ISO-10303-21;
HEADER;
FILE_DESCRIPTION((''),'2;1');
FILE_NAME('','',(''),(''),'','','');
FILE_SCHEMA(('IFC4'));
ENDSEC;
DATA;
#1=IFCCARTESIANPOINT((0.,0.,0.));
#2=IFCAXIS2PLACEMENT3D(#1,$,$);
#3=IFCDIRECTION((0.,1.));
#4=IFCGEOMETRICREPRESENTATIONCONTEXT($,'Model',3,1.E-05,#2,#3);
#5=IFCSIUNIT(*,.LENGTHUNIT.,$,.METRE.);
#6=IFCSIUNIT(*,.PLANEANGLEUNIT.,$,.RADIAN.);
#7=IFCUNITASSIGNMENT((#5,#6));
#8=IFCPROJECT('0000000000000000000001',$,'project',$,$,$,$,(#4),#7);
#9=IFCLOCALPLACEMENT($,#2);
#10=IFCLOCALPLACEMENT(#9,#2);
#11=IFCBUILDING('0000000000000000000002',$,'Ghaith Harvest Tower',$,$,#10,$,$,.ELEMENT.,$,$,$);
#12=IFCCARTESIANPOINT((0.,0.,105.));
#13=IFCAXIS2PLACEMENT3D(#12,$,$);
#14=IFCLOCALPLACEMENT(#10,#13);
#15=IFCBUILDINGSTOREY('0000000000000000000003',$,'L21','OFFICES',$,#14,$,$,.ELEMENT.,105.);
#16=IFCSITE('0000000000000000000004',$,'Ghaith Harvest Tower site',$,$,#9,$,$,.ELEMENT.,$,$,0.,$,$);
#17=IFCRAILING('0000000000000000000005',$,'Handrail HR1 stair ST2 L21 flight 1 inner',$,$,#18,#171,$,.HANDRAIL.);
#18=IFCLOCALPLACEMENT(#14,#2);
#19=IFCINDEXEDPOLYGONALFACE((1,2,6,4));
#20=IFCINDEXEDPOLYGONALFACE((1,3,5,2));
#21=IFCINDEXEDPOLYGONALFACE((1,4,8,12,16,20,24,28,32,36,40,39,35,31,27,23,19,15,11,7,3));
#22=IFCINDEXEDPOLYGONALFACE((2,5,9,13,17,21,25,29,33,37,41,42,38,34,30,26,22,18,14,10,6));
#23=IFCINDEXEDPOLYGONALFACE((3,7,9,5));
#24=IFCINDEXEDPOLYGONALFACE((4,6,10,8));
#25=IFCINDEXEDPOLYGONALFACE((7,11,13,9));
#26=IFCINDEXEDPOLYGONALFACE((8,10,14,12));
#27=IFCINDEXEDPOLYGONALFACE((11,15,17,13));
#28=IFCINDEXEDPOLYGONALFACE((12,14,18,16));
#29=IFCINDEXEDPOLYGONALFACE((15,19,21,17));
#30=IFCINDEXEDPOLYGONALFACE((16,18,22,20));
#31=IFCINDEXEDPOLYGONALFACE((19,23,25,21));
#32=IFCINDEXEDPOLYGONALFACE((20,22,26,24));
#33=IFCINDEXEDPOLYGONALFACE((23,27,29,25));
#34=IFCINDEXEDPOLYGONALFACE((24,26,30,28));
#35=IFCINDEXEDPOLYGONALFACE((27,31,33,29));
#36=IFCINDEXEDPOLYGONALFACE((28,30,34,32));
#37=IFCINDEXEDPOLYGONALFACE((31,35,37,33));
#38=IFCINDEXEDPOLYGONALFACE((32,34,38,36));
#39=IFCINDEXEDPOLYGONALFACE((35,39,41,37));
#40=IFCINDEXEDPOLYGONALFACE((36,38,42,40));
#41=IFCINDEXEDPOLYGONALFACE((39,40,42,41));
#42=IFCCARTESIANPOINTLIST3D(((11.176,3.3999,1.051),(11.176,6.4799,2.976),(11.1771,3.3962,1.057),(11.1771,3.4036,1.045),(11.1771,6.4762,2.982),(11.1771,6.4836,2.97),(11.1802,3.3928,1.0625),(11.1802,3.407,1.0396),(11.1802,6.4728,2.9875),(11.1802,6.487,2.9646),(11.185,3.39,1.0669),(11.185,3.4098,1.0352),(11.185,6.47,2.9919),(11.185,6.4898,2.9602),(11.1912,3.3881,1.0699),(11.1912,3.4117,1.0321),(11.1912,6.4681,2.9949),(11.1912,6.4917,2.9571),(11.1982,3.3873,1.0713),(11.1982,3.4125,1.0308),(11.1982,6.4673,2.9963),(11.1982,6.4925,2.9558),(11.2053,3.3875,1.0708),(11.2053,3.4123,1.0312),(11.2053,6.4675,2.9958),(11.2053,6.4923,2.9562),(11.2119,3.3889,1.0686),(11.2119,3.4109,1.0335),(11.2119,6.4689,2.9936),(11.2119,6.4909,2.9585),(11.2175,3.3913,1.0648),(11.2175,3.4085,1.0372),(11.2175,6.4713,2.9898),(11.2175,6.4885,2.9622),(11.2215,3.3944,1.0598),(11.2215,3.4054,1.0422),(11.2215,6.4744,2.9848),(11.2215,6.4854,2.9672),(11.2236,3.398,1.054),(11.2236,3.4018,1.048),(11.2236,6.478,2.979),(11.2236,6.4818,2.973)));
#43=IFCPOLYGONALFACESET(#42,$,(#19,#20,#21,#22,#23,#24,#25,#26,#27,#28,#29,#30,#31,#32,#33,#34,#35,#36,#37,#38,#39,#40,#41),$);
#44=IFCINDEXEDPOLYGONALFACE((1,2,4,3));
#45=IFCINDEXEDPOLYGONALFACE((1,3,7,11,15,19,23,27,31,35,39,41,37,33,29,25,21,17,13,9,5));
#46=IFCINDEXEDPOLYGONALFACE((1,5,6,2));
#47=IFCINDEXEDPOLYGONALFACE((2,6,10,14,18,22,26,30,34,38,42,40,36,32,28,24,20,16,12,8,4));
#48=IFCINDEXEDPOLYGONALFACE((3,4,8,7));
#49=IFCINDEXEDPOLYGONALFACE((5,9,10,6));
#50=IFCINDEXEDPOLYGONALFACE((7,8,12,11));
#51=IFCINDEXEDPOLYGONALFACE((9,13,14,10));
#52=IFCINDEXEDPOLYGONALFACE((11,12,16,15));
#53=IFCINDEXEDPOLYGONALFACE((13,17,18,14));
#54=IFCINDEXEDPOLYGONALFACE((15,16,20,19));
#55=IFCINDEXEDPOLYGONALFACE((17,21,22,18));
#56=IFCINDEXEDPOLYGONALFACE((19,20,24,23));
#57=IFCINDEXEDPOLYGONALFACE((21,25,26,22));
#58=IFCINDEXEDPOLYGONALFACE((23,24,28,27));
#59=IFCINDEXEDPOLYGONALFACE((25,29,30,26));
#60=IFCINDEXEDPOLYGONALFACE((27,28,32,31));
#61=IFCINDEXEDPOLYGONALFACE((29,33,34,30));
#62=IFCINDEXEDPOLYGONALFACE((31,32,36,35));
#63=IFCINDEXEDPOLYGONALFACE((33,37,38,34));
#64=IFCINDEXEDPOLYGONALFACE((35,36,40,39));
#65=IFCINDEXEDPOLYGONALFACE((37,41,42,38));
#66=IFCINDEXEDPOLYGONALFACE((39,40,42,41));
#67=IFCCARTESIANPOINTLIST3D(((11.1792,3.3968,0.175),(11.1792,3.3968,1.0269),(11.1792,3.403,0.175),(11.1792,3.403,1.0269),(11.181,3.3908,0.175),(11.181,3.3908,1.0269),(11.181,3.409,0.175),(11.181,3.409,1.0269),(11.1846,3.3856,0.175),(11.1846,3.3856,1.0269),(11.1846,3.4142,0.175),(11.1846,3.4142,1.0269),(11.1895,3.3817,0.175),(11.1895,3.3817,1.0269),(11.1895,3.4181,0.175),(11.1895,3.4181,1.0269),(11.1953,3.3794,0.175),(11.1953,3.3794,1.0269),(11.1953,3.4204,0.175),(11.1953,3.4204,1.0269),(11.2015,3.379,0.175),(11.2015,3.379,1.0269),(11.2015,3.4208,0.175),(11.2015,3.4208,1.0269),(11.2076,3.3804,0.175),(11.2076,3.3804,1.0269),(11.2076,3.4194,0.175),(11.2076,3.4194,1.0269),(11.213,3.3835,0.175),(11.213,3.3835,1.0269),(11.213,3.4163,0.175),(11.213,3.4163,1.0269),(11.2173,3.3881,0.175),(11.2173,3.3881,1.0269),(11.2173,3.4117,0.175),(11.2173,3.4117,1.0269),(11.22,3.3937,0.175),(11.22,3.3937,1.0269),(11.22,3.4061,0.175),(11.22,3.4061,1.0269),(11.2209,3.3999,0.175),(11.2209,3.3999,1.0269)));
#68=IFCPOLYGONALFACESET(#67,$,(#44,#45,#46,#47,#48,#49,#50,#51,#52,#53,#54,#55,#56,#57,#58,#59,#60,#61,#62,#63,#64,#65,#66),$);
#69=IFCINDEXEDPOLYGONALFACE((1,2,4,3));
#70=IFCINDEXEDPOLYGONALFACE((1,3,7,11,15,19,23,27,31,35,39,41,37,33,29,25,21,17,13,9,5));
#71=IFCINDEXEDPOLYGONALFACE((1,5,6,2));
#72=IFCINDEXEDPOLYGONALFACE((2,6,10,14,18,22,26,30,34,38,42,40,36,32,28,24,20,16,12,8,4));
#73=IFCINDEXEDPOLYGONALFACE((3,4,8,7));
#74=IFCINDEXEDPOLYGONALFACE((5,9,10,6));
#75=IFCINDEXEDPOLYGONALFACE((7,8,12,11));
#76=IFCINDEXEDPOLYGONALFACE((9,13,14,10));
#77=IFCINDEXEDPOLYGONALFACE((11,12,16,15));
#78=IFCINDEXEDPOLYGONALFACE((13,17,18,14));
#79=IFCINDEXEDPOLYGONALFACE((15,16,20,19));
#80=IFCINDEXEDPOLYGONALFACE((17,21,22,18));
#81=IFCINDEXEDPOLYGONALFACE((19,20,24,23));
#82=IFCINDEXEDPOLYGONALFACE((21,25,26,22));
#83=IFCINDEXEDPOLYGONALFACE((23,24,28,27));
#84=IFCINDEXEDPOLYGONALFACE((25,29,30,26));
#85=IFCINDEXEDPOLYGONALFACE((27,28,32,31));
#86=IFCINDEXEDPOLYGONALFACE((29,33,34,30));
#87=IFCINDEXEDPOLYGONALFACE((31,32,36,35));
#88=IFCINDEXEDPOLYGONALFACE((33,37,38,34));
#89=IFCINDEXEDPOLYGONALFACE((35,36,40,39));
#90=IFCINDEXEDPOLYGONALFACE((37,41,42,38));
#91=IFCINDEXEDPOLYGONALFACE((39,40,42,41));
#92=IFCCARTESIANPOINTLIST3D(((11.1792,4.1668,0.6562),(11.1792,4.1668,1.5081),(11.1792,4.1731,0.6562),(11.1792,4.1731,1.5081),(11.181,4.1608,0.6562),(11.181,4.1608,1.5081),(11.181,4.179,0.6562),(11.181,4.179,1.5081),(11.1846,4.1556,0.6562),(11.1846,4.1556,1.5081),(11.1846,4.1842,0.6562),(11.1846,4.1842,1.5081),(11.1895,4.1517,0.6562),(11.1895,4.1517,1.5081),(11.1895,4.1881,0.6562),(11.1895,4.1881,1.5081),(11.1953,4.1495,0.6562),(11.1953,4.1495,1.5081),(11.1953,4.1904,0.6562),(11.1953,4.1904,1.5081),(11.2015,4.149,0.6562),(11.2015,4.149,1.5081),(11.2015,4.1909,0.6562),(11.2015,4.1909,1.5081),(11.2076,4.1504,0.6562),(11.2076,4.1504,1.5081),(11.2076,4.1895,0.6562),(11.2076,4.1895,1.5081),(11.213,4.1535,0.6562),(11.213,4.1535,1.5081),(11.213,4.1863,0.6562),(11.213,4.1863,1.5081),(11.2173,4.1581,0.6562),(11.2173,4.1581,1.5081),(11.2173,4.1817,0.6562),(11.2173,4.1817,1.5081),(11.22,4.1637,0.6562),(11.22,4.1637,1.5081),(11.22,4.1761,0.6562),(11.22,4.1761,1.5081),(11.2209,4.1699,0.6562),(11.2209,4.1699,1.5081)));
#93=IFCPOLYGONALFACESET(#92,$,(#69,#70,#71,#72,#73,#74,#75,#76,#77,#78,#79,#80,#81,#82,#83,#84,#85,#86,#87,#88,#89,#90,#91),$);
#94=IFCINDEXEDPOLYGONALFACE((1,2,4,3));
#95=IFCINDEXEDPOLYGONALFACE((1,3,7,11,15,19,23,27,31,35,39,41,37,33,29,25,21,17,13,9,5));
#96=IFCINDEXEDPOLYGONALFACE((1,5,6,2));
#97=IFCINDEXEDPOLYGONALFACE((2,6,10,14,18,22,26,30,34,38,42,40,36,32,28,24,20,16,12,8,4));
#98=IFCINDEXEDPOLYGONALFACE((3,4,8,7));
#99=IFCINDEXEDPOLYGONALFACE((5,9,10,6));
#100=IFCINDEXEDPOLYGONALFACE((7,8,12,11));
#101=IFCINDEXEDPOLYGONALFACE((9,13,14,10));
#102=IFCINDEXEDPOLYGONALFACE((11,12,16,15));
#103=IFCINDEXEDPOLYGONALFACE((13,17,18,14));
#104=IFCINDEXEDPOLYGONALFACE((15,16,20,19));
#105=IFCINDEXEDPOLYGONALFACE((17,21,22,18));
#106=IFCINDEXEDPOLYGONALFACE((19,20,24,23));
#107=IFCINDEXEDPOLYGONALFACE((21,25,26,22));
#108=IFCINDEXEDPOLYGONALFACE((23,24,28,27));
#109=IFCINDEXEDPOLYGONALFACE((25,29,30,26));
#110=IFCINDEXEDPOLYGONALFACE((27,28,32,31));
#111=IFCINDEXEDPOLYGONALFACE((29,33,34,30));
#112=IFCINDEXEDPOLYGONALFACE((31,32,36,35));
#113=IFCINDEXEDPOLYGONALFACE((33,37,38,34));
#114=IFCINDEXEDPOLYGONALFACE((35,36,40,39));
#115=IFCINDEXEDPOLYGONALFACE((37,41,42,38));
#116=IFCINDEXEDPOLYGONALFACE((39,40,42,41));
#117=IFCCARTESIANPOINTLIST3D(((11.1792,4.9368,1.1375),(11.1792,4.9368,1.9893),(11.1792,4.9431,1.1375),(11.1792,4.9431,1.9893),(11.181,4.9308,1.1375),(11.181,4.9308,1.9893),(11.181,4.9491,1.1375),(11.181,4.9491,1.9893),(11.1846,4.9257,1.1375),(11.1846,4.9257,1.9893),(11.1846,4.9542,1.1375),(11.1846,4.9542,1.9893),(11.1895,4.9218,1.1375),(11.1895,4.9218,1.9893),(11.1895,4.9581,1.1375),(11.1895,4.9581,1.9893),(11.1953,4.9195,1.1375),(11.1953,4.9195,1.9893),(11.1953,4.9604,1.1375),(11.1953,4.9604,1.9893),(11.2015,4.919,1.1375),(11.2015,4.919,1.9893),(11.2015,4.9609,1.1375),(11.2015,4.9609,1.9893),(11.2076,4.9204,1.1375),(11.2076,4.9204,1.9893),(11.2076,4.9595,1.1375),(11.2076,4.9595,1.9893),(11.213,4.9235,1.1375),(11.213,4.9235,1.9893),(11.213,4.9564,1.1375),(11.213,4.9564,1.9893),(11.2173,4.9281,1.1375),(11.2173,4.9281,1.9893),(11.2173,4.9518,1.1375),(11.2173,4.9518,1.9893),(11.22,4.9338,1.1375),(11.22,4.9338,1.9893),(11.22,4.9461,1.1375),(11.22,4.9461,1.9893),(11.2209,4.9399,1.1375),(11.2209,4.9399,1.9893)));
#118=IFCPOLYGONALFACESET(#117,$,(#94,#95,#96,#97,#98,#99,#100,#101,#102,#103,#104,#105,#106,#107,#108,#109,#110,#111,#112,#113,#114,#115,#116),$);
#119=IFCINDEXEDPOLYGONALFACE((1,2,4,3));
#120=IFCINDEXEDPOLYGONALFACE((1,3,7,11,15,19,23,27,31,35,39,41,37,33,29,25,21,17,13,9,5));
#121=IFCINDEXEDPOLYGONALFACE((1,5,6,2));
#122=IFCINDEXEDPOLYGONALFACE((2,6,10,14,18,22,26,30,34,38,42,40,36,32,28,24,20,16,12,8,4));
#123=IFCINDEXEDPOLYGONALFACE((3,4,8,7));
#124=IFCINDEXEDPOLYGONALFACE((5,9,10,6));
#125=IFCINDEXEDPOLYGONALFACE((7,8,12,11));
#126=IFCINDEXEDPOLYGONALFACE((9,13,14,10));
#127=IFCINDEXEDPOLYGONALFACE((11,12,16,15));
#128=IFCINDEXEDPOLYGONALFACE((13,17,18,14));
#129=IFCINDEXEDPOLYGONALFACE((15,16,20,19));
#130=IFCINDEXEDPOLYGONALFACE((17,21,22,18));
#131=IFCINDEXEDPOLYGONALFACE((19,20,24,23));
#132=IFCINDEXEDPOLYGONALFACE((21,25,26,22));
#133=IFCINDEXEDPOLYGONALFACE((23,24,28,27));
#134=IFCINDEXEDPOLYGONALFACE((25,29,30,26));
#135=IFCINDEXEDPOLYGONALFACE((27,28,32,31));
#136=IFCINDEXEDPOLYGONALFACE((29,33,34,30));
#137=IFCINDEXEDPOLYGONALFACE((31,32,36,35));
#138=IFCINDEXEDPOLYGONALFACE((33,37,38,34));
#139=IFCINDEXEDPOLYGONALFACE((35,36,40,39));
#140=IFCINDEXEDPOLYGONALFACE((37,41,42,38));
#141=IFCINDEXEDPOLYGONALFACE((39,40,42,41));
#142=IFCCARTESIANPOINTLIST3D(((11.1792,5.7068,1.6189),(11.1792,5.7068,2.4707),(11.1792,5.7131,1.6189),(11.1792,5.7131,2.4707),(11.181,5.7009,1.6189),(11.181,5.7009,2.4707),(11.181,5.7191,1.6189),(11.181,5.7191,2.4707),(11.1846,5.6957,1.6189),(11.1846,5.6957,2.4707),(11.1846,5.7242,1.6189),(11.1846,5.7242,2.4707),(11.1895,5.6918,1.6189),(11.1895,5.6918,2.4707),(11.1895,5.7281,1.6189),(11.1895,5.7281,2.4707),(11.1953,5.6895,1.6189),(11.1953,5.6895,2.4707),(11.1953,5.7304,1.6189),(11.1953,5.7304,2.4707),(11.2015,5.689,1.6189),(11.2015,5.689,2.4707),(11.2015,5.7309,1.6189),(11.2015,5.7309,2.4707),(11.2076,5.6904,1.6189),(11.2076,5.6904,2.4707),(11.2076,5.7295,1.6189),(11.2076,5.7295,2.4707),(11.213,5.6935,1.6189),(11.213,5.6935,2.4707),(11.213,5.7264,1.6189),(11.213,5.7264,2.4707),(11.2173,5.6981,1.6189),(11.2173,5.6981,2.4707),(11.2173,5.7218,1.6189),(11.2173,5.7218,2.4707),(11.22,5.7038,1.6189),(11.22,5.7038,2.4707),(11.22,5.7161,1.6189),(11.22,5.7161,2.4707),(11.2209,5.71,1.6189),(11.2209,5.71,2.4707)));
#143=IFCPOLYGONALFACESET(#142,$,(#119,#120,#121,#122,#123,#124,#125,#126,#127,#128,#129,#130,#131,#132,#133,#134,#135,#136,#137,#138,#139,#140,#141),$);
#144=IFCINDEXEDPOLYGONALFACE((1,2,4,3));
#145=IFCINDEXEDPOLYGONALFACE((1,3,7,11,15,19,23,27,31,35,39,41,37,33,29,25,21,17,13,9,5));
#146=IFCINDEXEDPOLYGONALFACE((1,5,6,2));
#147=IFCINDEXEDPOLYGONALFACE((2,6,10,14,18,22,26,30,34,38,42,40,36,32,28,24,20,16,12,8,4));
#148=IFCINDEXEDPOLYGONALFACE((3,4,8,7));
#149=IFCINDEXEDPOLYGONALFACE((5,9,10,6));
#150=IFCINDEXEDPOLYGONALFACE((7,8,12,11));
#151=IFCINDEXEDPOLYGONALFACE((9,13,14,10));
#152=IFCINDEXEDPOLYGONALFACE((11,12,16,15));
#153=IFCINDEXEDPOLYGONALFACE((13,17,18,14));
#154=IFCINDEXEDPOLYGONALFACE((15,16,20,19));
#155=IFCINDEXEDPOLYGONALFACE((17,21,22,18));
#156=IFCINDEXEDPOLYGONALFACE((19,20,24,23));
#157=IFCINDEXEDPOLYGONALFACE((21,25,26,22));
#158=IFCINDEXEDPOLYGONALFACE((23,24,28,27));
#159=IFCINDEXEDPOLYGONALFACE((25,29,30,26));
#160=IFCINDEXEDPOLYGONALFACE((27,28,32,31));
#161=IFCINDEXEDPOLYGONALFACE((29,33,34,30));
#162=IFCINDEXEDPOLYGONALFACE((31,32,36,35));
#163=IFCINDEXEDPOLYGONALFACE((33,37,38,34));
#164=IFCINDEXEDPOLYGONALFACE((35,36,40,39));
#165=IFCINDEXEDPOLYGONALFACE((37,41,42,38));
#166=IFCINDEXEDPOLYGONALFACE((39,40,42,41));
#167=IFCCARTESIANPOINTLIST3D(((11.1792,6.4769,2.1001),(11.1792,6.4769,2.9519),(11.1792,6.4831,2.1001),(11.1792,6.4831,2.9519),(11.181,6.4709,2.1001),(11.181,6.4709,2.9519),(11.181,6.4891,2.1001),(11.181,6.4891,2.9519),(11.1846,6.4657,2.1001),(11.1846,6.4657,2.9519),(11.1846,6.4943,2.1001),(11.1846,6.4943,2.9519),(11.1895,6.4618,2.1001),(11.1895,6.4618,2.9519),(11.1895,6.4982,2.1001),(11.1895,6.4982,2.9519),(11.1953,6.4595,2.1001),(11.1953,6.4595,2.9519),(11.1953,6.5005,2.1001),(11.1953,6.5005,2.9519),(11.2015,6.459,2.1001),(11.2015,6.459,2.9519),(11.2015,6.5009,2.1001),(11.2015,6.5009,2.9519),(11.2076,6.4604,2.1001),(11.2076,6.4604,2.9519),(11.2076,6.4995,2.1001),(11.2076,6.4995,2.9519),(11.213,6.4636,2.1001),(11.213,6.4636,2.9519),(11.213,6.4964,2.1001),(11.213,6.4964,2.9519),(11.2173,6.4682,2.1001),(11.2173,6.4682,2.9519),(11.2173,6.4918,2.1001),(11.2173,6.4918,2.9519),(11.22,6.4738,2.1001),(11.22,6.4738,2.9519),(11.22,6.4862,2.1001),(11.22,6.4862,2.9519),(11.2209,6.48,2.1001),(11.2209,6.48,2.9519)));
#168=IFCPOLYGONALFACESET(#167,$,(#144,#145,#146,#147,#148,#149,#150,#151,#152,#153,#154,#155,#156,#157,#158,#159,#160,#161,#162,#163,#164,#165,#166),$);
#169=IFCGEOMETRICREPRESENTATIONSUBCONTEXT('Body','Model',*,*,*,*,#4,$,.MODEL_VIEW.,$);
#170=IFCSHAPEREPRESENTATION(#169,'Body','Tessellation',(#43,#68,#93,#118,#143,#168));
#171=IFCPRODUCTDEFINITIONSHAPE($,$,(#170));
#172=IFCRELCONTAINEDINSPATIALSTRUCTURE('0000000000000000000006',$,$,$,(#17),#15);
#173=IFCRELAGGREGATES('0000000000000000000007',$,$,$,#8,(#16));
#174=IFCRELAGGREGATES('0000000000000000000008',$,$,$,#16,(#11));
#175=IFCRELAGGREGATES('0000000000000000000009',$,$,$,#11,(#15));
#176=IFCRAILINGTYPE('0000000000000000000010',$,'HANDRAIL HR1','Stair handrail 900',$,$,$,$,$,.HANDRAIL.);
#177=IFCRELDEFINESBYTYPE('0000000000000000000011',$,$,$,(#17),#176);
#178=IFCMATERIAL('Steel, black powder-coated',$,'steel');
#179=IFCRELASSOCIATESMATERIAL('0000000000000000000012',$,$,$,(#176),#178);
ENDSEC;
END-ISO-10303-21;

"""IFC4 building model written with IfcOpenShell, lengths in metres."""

from ifc_helpers import new_model, si_unit, direction, frame, origin, origin_2d, place, context, subcontext, project, spatial, circle, extrude, material, type_object, element, save


model = new_model("IFC4")

# Units and contexts
model_context = context("Model", 3, precision=1e-05, world=origin(), true_north=direction((0.0, 1.0)))
body_context = subcontext(model_context, "Body", "Model", "MODEL_VIEW")
ifc_project = project(units=[si_unit("LENGTHUNIT", "METRE"), si_unit("PLANEANGLEUNIT", "RADIAN")], contexts=[model_context])

# Site, building, storey
site_placement = place(None, origin())
site = spatial("IfcSite", under=ifc_project, at=site_placement, Name="Ghaith Harvest Tower site", CompositionType="ELEMENT", RefElevation=0.0)
building_placement = place(site_placement, origin())
building = spatial("IfcBuilding", under=site, at=building_placement, Name="Ghaith Harvest Tower", CompositionType="ELEMENT")
storey_placement = place(building_placement, frame((0.0, 0.0, 105.0)))
storey = spatial("IfcBuildingStorey", under=building, at=storey_placement, Name="L21", Description="OFFICES", CompositionType="ELEMENT", Elevation=105.0)

# Railing
ifc_material_1 = material(Name="Steel, black powder-coated", Category="steel")
railing_type = type_object("IfcRailingType", Name="HANDRAIL HR1", Description="Stair handrail 900", PredefinedType="HANDRAIL", material=ifc_material_1)
railing_1_placement = place(storey_placement, frame((11.2, 3.3999, 0.175)))
element("IfcRailing", 1, at=railing_1_placement, inside=storey, type_object=railing_type, Name="Handrail HR1 stair ST2 L21 flight 1 inner", PredefinedType="HANDRAIL", context=body_context, shape_type="SweptSolid", body=[
    extrude(circle(Radius=0.0239, at=origin_2d()), frame((0.0, 0.0, 0.876), z_axis=(0.0, 0.847998, 0.529999), x_axis=(-1.0, 0.0, 0.0)), (0.0, 0.0, 1.0), 3.6321),
    extrude(circle(Radius=0.021, at=origin_2d()), origin(), (0.0, 0.0, 1.0), 0.8518),
    extrude(circle(Radius=0.021, at=origin_2d()), frame((0.0, 0.77, 0.4812)), (0.0, 0.0, 1.0), 0.8518),
    extrude(circle(Radius=0.021, at=origin_2d()), frame((0.0, 1.54, 0.9624)), (0.0, 0.0, 1.0), 0.8518),
    extrude(circle(Radius=0.021, at=origin_2d()), frame((0.0, 2.3101, 1.4438)), (0.0, 0.0, 1.0), 0.8518),
    extrude(circle(Radius=0.021, at=origin_2d()), frame((0.0, 3.0801, 1.925)), (0.0, 0.0, 1.0), 0.8518),
])

save(model, "model.ifc")
